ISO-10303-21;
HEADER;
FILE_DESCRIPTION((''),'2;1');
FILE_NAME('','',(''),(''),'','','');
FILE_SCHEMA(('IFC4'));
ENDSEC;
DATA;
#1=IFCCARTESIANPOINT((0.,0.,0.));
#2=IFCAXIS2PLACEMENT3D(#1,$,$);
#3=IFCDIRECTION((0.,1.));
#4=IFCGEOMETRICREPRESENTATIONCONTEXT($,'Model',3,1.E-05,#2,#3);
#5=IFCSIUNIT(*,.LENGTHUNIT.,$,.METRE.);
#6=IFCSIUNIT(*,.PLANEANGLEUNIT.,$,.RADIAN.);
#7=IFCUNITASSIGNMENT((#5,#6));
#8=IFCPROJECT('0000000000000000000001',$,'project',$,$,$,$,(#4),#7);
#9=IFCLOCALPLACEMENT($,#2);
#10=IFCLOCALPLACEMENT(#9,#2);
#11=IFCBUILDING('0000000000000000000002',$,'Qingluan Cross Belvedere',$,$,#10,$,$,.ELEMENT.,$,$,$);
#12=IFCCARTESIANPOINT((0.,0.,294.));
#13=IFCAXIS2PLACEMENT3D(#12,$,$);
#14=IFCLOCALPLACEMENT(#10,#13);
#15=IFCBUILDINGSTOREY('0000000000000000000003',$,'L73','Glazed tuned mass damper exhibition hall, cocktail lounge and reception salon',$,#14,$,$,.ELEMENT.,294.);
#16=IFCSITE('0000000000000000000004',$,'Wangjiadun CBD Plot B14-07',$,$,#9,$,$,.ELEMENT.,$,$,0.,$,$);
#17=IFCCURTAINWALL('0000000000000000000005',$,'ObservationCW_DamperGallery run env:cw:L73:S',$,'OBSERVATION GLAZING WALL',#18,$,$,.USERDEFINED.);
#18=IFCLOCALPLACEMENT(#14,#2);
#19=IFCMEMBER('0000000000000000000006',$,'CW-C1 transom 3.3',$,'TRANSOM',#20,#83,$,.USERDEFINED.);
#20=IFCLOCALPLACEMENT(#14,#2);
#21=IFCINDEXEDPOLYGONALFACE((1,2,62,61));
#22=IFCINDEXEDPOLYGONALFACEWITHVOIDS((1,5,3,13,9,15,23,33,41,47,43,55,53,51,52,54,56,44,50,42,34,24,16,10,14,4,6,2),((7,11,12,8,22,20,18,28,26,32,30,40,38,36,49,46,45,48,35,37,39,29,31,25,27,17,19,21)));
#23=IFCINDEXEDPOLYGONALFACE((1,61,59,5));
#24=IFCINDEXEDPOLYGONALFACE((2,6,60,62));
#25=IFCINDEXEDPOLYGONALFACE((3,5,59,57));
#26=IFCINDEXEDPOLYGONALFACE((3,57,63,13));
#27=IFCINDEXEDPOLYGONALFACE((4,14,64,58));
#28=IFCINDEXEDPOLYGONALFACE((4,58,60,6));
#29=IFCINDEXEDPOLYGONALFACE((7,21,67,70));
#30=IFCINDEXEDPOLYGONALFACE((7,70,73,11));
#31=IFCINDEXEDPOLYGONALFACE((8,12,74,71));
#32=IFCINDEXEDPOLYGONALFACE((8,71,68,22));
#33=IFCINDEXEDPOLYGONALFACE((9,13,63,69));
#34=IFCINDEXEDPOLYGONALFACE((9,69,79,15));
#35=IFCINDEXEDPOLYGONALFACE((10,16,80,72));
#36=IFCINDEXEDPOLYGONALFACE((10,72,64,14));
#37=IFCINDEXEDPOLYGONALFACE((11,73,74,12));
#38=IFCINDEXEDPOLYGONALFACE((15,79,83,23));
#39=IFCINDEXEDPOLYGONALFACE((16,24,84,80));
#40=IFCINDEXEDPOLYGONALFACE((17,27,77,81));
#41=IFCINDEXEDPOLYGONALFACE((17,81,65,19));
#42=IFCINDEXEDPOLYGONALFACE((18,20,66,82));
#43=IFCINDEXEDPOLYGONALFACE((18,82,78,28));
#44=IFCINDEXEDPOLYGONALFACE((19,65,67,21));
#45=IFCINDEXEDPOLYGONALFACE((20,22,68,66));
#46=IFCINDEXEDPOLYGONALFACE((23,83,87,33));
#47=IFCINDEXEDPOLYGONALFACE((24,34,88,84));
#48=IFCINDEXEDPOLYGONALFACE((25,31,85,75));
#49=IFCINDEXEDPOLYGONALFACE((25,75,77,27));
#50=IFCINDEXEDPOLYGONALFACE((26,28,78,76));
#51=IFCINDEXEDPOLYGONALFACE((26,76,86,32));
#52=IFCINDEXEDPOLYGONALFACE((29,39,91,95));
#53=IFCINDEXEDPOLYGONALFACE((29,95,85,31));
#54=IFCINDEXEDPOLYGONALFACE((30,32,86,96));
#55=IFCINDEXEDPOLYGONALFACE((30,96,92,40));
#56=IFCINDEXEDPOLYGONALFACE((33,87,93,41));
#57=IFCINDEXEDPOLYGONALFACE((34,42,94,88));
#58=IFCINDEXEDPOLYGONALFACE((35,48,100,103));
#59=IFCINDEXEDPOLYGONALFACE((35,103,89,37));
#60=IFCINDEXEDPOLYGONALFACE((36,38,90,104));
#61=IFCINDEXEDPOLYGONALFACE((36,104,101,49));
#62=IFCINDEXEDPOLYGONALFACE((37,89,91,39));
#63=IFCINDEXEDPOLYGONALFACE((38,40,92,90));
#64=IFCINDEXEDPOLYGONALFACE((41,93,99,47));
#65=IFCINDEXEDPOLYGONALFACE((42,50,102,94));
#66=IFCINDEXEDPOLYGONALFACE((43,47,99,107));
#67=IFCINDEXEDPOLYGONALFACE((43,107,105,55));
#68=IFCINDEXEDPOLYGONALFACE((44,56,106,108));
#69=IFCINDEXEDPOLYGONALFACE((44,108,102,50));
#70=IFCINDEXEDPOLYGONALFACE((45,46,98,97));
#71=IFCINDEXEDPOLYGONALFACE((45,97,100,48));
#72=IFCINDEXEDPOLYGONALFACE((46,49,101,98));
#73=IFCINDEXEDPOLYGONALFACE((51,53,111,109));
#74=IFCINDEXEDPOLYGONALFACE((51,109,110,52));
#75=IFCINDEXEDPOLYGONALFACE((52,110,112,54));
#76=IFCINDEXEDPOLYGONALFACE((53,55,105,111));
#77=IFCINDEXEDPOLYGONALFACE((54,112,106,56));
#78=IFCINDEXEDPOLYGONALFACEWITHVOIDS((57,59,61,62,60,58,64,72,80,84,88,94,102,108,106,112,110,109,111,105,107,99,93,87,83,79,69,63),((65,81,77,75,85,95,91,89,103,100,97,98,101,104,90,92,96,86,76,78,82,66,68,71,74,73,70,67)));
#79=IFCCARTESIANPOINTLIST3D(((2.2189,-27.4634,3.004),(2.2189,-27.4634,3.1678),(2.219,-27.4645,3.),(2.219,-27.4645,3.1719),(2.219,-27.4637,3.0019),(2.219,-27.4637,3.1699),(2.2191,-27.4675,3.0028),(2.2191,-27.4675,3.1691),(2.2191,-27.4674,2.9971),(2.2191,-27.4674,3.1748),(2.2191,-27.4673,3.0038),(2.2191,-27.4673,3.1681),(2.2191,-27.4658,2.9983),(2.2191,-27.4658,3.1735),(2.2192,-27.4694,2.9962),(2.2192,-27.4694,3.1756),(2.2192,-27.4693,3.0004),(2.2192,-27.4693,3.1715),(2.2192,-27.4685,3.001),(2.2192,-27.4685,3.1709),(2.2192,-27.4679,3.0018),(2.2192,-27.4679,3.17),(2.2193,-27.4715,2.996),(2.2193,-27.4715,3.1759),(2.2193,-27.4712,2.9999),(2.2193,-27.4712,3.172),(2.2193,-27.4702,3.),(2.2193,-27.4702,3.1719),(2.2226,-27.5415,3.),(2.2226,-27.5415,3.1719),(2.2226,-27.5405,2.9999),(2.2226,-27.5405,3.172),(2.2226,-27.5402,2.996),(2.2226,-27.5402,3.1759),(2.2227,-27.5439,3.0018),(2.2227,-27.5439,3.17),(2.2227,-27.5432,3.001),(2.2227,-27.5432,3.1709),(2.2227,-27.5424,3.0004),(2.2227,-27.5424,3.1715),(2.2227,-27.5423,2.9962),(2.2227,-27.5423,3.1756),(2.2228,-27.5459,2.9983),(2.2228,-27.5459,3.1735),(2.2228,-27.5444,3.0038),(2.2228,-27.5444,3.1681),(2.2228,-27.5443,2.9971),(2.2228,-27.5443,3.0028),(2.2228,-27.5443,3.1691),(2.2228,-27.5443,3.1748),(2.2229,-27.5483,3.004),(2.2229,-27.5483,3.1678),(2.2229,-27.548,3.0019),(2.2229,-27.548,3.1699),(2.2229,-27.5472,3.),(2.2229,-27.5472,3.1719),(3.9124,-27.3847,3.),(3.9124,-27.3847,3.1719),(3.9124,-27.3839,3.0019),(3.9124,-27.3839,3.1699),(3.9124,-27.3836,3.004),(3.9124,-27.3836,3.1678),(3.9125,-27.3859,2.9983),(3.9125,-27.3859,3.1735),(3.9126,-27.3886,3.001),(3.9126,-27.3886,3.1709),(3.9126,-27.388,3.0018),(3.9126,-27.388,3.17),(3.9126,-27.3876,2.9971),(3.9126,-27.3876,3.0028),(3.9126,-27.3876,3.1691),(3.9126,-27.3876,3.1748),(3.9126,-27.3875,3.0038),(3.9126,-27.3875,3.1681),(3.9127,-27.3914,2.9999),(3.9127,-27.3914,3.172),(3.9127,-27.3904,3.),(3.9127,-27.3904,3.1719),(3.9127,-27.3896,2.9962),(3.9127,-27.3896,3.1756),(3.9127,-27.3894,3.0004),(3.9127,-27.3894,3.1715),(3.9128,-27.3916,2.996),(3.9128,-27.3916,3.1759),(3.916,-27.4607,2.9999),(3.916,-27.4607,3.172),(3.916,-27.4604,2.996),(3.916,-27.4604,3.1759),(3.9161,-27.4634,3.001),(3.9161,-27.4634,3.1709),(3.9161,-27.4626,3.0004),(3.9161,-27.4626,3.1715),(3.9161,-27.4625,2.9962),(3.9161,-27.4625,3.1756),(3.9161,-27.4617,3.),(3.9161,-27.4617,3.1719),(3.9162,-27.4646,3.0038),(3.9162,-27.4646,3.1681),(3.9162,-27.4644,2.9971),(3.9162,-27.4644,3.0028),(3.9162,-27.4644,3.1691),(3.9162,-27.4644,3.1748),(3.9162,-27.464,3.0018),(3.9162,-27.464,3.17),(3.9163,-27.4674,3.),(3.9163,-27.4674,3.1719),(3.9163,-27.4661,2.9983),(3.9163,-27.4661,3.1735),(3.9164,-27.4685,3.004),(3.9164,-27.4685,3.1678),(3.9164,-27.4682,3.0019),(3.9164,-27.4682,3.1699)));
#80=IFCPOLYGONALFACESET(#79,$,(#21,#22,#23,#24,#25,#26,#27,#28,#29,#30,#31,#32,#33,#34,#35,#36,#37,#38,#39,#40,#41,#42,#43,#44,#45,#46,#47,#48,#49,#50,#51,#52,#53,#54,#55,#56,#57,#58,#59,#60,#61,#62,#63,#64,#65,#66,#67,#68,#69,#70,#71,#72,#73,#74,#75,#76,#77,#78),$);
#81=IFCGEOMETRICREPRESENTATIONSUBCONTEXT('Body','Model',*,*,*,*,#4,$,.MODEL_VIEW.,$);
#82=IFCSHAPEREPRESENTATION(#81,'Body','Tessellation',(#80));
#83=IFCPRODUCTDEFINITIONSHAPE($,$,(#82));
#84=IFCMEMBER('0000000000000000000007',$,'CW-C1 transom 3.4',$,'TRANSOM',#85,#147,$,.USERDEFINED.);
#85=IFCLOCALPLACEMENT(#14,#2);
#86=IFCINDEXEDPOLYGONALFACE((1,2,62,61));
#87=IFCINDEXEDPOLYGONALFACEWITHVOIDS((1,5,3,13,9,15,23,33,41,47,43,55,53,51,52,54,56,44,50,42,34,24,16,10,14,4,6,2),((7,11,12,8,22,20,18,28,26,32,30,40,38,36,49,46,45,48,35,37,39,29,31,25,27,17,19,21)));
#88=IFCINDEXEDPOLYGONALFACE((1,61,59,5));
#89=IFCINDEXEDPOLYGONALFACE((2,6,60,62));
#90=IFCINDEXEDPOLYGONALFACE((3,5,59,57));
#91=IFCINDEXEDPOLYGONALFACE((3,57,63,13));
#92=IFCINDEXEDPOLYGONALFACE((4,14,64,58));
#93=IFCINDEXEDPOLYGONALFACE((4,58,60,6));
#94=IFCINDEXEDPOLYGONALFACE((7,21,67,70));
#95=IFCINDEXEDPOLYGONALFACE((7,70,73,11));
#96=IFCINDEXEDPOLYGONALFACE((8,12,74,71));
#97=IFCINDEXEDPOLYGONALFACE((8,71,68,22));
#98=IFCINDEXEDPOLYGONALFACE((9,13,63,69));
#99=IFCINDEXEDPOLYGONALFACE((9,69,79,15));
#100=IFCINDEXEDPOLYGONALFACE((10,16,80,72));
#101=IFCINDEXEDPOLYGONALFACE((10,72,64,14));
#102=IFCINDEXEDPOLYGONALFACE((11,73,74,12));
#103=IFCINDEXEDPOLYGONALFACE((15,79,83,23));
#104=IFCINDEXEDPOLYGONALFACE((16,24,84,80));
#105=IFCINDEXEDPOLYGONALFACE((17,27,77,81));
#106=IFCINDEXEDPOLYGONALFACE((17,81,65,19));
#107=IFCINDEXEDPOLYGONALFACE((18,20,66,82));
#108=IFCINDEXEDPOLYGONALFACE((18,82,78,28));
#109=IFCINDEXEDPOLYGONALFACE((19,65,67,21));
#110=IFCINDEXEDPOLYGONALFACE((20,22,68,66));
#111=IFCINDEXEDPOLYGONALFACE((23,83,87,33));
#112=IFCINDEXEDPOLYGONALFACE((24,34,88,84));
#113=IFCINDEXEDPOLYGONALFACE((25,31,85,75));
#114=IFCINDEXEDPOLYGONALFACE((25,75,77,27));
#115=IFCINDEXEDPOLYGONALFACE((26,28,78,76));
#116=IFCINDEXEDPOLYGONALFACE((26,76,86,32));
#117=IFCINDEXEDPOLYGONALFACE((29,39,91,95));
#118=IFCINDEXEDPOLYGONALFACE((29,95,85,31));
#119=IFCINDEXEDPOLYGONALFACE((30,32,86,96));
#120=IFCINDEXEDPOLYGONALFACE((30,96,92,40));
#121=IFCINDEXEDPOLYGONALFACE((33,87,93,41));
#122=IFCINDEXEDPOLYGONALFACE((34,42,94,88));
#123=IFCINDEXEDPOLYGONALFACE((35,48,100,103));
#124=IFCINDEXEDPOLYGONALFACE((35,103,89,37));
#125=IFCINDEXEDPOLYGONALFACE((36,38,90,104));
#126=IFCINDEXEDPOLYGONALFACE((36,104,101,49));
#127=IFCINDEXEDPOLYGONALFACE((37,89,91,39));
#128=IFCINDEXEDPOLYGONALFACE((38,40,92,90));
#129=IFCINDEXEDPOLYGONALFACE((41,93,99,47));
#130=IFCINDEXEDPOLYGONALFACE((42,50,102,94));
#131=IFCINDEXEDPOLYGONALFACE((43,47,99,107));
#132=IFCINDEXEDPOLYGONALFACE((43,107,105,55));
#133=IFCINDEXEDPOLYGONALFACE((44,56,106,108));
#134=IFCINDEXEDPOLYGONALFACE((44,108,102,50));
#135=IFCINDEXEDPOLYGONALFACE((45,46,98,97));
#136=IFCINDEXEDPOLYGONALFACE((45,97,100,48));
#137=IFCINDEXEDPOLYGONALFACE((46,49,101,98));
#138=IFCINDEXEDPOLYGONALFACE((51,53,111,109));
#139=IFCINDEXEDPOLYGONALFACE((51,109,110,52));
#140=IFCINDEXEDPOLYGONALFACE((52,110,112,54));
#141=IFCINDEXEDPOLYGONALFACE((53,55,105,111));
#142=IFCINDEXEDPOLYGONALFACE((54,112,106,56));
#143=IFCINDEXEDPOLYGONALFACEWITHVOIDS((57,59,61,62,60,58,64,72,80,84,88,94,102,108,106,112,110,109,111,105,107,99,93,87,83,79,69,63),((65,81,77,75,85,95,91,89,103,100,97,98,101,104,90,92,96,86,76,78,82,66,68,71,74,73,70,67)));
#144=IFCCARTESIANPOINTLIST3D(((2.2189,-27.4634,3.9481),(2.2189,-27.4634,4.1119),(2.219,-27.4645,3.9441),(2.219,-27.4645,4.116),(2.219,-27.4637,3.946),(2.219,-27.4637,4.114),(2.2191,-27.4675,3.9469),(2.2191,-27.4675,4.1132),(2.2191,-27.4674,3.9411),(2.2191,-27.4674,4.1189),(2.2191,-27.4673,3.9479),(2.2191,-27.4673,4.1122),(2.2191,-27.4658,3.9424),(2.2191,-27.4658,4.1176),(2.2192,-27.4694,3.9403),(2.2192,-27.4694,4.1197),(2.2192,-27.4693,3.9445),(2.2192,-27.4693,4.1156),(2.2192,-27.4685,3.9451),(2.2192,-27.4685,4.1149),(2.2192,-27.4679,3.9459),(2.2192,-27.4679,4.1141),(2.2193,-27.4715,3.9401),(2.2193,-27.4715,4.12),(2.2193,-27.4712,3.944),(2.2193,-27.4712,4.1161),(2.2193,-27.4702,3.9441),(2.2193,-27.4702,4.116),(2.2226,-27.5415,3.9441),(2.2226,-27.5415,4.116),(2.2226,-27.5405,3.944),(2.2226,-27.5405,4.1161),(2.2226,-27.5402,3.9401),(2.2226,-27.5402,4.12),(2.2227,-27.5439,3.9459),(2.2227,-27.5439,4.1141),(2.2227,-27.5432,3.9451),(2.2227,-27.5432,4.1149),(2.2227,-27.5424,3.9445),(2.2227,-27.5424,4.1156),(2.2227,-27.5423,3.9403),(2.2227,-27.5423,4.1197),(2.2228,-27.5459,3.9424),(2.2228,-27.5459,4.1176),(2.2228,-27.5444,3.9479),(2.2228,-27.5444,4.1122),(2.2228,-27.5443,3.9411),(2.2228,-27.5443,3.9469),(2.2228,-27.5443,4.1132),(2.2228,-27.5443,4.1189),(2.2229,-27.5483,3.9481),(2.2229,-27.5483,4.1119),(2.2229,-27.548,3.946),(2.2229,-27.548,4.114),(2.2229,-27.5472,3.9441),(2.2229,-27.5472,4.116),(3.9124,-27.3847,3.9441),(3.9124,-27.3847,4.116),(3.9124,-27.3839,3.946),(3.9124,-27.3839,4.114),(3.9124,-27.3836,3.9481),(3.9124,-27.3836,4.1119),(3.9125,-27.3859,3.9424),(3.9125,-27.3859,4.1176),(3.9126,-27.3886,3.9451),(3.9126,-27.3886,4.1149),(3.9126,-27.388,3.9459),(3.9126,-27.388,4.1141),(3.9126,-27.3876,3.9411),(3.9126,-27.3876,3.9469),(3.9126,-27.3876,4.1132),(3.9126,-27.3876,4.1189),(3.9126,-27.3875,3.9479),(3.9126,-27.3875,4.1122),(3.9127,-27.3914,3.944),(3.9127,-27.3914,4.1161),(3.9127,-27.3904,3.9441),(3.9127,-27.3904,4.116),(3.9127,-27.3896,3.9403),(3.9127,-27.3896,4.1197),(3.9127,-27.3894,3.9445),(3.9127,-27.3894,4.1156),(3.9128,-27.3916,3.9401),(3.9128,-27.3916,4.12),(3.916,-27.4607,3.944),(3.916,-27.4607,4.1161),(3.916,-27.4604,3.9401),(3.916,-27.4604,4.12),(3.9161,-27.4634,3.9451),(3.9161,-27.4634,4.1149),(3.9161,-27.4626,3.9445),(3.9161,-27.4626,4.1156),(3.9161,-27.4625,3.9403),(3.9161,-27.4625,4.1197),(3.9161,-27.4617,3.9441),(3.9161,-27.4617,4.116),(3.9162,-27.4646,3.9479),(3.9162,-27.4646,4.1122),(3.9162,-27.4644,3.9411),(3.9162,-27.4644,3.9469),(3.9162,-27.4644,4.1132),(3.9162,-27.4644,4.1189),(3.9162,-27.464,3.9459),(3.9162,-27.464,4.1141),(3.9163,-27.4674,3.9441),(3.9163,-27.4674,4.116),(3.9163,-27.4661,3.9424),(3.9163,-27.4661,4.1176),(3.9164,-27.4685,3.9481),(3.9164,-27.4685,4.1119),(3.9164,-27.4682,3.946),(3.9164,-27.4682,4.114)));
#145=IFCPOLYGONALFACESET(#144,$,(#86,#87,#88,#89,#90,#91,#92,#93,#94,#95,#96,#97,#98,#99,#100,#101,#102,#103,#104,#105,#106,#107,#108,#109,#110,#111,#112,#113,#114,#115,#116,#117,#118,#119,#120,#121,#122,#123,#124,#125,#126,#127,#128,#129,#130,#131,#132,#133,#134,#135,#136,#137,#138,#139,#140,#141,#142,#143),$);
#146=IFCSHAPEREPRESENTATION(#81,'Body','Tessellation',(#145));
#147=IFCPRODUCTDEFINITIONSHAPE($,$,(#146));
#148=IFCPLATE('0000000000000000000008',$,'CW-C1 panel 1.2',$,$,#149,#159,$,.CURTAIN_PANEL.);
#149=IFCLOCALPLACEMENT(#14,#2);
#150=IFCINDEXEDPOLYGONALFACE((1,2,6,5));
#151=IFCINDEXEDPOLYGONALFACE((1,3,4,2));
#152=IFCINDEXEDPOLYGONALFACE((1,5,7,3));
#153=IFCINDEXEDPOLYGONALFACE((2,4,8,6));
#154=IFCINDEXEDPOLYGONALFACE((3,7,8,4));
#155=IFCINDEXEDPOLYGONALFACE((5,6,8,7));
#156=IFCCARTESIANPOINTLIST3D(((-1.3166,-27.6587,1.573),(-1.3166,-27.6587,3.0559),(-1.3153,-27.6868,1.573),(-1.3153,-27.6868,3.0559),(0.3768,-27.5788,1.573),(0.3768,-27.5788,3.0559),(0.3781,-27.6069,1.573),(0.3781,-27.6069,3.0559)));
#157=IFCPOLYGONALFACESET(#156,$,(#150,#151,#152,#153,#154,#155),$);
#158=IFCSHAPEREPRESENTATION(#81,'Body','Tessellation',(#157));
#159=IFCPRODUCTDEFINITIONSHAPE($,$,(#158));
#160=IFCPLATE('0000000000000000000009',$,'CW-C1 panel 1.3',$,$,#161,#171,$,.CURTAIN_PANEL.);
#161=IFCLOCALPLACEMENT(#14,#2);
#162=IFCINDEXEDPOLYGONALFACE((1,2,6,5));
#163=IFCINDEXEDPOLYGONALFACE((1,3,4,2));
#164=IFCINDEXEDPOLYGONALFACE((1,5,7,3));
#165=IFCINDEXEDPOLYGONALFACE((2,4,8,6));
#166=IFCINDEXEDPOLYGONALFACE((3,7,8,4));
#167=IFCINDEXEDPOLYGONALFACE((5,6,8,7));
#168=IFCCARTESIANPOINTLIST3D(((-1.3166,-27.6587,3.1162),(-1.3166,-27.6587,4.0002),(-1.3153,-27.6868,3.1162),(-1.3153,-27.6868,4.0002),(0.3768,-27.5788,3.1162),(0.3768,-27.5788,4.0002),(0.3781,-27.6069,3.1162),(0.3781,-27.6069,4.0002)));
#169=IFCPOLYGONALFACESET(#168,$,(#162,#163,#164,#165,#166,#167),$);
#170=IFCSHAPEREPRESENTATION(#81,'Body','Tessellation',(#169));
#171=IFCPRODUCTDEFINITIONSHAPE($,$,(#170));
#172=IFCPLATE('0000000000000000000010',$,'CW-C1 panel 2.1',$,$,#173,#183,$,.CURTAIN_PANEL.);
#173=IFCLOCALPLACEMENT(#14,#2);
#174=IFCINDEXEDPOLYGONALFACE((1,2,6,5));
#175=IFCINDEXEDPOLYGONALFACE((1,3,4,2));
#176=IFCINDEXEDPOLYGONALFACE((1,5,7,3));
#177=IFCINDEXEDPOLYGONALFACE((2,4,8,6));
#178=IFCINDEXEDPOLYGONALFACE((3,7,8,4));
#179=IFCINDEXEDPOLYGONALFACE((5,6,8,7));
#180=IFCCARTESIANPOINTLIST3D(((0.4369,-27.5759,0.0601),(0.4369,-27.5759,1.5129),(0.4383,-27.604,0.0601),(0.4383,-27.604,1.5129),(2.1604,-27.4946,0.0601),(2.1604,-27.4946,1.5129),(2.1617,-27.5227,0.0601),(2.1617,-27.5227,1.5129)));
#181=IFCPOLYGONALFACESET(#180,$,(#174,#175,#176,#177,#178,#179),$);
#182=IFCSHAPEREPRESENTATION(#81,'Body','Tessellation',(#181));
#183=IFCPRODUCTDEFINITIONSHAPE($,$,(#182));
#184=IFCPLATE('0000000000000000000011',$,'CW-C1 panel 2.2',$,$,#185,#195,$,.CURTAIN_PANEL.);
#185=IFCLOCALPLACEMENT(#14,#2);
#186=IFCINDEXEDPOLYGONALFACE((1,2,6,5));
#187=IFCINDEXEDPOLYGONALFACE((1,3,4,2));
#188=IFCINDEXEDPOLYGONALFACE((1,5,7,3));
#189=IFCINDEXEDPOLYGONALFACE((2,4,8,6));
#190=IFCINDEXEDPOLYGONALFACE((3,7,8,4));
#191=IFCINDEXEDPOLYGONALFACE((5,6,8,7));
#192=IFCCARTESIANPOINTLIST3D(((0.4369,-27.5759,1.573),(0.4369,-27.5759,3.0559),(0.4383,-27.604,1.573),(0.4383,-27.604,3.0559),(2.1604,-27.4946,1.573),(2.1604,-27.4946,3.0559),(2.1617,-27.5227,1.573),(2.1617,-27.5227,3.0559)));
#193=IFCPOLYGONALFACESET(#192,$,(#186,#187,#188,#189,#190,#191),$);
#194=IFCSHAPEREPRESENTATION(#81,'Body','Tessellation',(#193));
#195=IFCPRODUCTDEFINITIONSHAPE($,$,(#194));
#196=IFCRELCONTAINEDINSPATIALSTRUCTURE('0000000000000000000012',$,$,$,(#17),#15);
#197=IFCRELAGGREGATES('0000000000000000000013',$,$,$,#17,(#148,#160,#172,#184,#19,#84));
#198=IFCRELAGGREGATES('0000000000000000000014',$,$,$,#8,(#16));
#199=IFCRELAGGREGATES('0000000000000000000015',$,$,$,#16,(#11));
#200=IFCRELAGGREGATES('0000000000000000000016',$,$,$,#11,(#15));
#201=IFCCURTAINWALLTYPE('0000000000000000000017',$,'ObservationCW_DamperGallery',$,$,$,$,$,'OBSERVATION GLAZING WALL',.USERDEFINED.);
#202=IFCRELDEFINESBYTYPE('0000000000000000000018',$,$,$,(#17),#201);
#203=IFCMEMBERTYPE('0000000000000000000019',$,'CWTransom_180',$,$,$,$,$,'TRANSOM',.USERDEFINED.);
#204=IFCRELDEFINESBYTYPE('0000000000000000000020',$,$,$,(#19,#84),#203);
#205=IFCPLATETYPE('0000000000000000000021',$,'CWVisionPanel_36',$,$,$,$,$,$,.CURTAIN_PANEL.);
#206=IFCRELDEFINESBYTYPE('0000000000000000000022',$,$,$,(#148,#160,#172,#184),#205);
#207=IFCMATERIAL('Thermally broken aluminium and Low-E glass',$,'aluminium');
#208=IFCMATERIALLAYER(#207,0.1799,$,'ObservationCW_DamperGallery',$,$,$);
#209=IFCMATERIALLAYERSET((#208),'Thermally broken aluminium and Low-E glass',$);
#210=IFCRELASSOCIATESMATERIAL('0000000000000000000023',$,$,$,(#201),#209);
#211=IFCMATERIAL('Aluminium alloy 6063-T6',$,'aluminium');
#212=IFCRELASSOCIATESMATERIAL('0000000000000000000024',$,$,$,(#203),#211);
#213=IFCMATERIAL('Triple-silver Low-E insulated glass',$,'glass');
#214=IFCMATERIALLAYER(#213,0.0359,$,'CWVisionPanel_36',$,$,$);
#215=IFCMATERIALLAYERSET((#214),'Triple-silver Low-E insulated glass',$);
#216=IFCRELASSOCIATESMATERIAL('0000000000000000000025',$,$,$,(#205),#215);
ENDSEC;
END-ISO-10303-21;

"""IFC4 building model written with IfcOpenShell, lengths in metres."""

from ifc_helpers import new_model, si_unit, direction, frame, origin, origin_2d, place, context, subcontext, project, spatial, rectangle, hollow_rectangle, extrude, material, layer, layer_set, material_profile, profile_set, type_object, element, aggregate, save


model = new_model("IFC4")

# Units and contexts
model_context = context("Model", 3, precision=1e-05, world=origin(), true_north=direction((0.0, 1.0)))
body_context = subcontext(model_context, "Body", "Model", "MODEL_VIEW")
ifc_project = project(units=[si_unit("LENGTHUNIT", "METRE"), si_unit("PLANEANGLEUNIT", "RADIAN")], contexts=[model_context])

# Site, building, storey
site_placement = place(None, origin())
site = spatial("IfcSite", under=ifc_project, at=site_placement, Name="Wangjiadun CBD Plot B14-07", CompositionType="ELEMENT", RefElevation=0.0)
building_placement = place(site_placement, origin())
building = spatial("IfcBuilding", under=site, at=building_placement, Name="Qingluan Cross Belvedere", CompositionType="ELEMENT")
storey_placement = place(building_placement, frame((0.0, 0.0, 294.0)))
storey = spatial("IfcBuildingStorey", under=building, at=storey_placement, Name="L73", Description="Glazed tuned mass damper exhibition hall, cocktail lounge and reception salon", CompositionType="ELEMENT", Elevation=294.0)

# Curtain wall, members, plates
ifc_material_1 = material(Name="Thermally broken aluminium and Low-E glass", Category="aluminium")
ifc_layer_1 = layer(ifc_material_1, 0.1799, Name="ObservationCW_DamperGallery")
ifc_layer_set_1 = layer_set([ifc_layer_1], Name="Thermally broken aluminium and Low-E glass")
curtain_wall_type = type_object("IfcCurtainWallType", Name="ObservationCW_DamperGallery", ElementType="OBSERVATION GLAZING WALL", PredefinedType="USERDEFINED", material=ifc_layer_set_1)
curtain_wall_placement = place(storey_placement, origin())
curtain_wall = element("IfcCurtainWall", 1, at=curtain_wall_placement, inside=storey, type_object=curtain_wall_type, Name="ObservationCW_DamperGallery run env:cw:L73:S", ObjectType="OBSERVATION GLAZING WALL", PredefinedType="USERDEFINED")
ifc_material_2 = material(Name="Aluminium alloy 6063-T6", Category="aluminium")
ifc_material_profile_1 = material_profile(ifc_material_2, hollow_rectangle(XDim=0.085, YDim=0.1799, WallThickness=0.0039, InnerFilletRadius=0.0039, OuterFilletRadius=0.0081, at=origin_2d()), Name="CWT180x85x4")
ifc_profile_set_1 = profile_set([ifc_material_profile_1], Name="Aluminium alloy 6063-T6")
member_type_1 = type_object("IfcMemberType", Name="CWTransom_180", ElementType="TRANSOM", PredefinedType="USERDEFINED", material=ifc_profile_set_1)
member_1_placement = place(storey_placement, frame((2.2209, -27.5059, 3.0859), z_axis=(0.998891, 0.047093, 0.0), x_axis=(-0.047093, 0.998891, 0.0)))
member_1 = element("IfcMember", 2, at=member_1_placement, type_object=member_type_1, Name="CW-C1 transom 3.3", ObjectType="TRANSOM", PredefinedType="USERDEFINED", context=body_context, shape_type="SweptSolid", body=[
    extrude(hollow_rectangle(XDim=0.085, YDim=0.1799, WallThickness=0.0039, InnerFilletRadius=0.0039, OuterFilletRadius=0.0081, at=origin_2d()), origin(), (0.0, 0.0, 1.0), 1.6953),
])
member_2_placement = place(storey_placement, frame((2.2209, -27.5059, 4.03), z_axis=(0.998891, 0.047093, 0.0), x_axis=(-0.047093, 0.998891, 0.0)))
member_2 = element("IfcMember", 3, at=member_2_placement, type_object=member_type_1, Name="CW-C1 transom 3.4", ObjectType="TRANSOM", PredefinedType="USERDEFINED", context=body_context, shape_type="SweptSolid", body=[
    extrude(hollow_rectangle(XDim=0.085, YDim=0.1799, WallThickness=0.0039, InnerFilletRadius=0.0039, OuterFilletRadius=0.0081, at=origin_2d()), origin(), (0.0, 0.0, 1.0), 1.6953),
])
ifc_material_3 = material(Name="Triple-silver Low-E insulated glass", Category="glass")
ifc_layer_2 = layer(ifc_material_3, 0.0359, Name="CWVisionPanel_36")
ifc_layer_set_2 = layer_set([ifc_layer_2], Name="Triple-silver Low-E insulated glass")
plate_type = type_object("IfcPlateType", Name="CWVisionPanel_36", PredefinedType="CURTAIN_PANEL", material=ifc_layer_set_2)
plate_1_placement = place(storey_placement, frame((-0.4692, -27.6328, 1.573), z_axis=(0.0, 0.0, 1.0), x_axis=(0.998889, 0.047125, 0.0)))
plate_1 = element("IfcPlate", 4, at=plate_1_placement, type_object=plate_type, Name="CW-C1 panel 1.2", PredefinedType="CURTAIN_PANEL", context=body_context, shape_type="SweptSolid", body=[
    extrude(rectangle(XDim=1.6953, YDim=0.0281, at=origin_2d()), origin(), (0.0, 0.0, 1.0), 1.4829),
])
plate_2_placement = place(storey_placement, frame((-0.4692, -27.6328, 3.1162), z_axis=(0.0, 0.0, 1.0), x_axis=(0.998889, 0.047125, 0.0)))
plate_2 = element("IfcPlate", 5, at=plate_2_placement, type_object=plate_type, Name="CW-C1 panel 1.3", PredefinedType="CURTAIN_PANEL", context=body_context, shape_type="SweptSolid", body=[
    extrude(rectangle(XDim=1.6953, YDim=0.0281, at=origin_2d()), origin(), (0.0, 0.0, 1.0), 0.884),
])
plate_3_placement = place(storey_placement, frame((1.2993, -27.5493, 0.0601), z_axis=(0.0, 0.0, 1.0), x_axis=(0.998889, 0.047125, 0.0)))
plate_3 = element("IfcPlate", 6, at=plate_3_placement, type_object=plate_type, Name="CW-C1 panel 2.1", PredefinedType="CURTAIN_PANEL", context=body_context, shape_type="SweptSolid", body=[
    extrude(rectangle(XDim=1.7253, YDim=0.0281, at=origin_2d()), origin(), (0.0, 0.0, 1.0), 1.4529),
])
plate_4_placement = place(storey_placement, frame((1.2993, -27.5493, 1.573), z_axis=(0.0, 0.0, 1.0), x_axis=(0.998889, 0.047125, 0.0)))
plate_4 = element("IfcPlate", 7, at=plate_4_placement, type_object=plate_type, Name="CW-C1 panel 2.2", PredefinedType="CURTAIN_PANEL", context=body_context, shape_type="SweptSolid", body=[
    extrude(rectangle(XDim=1.7253, YDim=0.0281, at=origin_2d()), origin(), (0.0, 0.0, 1.0), 1.4829),
])
aggregate(curtain_wall, [plate_1, plate_2, plate_3, plate_4, member_1, member_2])

save(model, "model.ifc")
